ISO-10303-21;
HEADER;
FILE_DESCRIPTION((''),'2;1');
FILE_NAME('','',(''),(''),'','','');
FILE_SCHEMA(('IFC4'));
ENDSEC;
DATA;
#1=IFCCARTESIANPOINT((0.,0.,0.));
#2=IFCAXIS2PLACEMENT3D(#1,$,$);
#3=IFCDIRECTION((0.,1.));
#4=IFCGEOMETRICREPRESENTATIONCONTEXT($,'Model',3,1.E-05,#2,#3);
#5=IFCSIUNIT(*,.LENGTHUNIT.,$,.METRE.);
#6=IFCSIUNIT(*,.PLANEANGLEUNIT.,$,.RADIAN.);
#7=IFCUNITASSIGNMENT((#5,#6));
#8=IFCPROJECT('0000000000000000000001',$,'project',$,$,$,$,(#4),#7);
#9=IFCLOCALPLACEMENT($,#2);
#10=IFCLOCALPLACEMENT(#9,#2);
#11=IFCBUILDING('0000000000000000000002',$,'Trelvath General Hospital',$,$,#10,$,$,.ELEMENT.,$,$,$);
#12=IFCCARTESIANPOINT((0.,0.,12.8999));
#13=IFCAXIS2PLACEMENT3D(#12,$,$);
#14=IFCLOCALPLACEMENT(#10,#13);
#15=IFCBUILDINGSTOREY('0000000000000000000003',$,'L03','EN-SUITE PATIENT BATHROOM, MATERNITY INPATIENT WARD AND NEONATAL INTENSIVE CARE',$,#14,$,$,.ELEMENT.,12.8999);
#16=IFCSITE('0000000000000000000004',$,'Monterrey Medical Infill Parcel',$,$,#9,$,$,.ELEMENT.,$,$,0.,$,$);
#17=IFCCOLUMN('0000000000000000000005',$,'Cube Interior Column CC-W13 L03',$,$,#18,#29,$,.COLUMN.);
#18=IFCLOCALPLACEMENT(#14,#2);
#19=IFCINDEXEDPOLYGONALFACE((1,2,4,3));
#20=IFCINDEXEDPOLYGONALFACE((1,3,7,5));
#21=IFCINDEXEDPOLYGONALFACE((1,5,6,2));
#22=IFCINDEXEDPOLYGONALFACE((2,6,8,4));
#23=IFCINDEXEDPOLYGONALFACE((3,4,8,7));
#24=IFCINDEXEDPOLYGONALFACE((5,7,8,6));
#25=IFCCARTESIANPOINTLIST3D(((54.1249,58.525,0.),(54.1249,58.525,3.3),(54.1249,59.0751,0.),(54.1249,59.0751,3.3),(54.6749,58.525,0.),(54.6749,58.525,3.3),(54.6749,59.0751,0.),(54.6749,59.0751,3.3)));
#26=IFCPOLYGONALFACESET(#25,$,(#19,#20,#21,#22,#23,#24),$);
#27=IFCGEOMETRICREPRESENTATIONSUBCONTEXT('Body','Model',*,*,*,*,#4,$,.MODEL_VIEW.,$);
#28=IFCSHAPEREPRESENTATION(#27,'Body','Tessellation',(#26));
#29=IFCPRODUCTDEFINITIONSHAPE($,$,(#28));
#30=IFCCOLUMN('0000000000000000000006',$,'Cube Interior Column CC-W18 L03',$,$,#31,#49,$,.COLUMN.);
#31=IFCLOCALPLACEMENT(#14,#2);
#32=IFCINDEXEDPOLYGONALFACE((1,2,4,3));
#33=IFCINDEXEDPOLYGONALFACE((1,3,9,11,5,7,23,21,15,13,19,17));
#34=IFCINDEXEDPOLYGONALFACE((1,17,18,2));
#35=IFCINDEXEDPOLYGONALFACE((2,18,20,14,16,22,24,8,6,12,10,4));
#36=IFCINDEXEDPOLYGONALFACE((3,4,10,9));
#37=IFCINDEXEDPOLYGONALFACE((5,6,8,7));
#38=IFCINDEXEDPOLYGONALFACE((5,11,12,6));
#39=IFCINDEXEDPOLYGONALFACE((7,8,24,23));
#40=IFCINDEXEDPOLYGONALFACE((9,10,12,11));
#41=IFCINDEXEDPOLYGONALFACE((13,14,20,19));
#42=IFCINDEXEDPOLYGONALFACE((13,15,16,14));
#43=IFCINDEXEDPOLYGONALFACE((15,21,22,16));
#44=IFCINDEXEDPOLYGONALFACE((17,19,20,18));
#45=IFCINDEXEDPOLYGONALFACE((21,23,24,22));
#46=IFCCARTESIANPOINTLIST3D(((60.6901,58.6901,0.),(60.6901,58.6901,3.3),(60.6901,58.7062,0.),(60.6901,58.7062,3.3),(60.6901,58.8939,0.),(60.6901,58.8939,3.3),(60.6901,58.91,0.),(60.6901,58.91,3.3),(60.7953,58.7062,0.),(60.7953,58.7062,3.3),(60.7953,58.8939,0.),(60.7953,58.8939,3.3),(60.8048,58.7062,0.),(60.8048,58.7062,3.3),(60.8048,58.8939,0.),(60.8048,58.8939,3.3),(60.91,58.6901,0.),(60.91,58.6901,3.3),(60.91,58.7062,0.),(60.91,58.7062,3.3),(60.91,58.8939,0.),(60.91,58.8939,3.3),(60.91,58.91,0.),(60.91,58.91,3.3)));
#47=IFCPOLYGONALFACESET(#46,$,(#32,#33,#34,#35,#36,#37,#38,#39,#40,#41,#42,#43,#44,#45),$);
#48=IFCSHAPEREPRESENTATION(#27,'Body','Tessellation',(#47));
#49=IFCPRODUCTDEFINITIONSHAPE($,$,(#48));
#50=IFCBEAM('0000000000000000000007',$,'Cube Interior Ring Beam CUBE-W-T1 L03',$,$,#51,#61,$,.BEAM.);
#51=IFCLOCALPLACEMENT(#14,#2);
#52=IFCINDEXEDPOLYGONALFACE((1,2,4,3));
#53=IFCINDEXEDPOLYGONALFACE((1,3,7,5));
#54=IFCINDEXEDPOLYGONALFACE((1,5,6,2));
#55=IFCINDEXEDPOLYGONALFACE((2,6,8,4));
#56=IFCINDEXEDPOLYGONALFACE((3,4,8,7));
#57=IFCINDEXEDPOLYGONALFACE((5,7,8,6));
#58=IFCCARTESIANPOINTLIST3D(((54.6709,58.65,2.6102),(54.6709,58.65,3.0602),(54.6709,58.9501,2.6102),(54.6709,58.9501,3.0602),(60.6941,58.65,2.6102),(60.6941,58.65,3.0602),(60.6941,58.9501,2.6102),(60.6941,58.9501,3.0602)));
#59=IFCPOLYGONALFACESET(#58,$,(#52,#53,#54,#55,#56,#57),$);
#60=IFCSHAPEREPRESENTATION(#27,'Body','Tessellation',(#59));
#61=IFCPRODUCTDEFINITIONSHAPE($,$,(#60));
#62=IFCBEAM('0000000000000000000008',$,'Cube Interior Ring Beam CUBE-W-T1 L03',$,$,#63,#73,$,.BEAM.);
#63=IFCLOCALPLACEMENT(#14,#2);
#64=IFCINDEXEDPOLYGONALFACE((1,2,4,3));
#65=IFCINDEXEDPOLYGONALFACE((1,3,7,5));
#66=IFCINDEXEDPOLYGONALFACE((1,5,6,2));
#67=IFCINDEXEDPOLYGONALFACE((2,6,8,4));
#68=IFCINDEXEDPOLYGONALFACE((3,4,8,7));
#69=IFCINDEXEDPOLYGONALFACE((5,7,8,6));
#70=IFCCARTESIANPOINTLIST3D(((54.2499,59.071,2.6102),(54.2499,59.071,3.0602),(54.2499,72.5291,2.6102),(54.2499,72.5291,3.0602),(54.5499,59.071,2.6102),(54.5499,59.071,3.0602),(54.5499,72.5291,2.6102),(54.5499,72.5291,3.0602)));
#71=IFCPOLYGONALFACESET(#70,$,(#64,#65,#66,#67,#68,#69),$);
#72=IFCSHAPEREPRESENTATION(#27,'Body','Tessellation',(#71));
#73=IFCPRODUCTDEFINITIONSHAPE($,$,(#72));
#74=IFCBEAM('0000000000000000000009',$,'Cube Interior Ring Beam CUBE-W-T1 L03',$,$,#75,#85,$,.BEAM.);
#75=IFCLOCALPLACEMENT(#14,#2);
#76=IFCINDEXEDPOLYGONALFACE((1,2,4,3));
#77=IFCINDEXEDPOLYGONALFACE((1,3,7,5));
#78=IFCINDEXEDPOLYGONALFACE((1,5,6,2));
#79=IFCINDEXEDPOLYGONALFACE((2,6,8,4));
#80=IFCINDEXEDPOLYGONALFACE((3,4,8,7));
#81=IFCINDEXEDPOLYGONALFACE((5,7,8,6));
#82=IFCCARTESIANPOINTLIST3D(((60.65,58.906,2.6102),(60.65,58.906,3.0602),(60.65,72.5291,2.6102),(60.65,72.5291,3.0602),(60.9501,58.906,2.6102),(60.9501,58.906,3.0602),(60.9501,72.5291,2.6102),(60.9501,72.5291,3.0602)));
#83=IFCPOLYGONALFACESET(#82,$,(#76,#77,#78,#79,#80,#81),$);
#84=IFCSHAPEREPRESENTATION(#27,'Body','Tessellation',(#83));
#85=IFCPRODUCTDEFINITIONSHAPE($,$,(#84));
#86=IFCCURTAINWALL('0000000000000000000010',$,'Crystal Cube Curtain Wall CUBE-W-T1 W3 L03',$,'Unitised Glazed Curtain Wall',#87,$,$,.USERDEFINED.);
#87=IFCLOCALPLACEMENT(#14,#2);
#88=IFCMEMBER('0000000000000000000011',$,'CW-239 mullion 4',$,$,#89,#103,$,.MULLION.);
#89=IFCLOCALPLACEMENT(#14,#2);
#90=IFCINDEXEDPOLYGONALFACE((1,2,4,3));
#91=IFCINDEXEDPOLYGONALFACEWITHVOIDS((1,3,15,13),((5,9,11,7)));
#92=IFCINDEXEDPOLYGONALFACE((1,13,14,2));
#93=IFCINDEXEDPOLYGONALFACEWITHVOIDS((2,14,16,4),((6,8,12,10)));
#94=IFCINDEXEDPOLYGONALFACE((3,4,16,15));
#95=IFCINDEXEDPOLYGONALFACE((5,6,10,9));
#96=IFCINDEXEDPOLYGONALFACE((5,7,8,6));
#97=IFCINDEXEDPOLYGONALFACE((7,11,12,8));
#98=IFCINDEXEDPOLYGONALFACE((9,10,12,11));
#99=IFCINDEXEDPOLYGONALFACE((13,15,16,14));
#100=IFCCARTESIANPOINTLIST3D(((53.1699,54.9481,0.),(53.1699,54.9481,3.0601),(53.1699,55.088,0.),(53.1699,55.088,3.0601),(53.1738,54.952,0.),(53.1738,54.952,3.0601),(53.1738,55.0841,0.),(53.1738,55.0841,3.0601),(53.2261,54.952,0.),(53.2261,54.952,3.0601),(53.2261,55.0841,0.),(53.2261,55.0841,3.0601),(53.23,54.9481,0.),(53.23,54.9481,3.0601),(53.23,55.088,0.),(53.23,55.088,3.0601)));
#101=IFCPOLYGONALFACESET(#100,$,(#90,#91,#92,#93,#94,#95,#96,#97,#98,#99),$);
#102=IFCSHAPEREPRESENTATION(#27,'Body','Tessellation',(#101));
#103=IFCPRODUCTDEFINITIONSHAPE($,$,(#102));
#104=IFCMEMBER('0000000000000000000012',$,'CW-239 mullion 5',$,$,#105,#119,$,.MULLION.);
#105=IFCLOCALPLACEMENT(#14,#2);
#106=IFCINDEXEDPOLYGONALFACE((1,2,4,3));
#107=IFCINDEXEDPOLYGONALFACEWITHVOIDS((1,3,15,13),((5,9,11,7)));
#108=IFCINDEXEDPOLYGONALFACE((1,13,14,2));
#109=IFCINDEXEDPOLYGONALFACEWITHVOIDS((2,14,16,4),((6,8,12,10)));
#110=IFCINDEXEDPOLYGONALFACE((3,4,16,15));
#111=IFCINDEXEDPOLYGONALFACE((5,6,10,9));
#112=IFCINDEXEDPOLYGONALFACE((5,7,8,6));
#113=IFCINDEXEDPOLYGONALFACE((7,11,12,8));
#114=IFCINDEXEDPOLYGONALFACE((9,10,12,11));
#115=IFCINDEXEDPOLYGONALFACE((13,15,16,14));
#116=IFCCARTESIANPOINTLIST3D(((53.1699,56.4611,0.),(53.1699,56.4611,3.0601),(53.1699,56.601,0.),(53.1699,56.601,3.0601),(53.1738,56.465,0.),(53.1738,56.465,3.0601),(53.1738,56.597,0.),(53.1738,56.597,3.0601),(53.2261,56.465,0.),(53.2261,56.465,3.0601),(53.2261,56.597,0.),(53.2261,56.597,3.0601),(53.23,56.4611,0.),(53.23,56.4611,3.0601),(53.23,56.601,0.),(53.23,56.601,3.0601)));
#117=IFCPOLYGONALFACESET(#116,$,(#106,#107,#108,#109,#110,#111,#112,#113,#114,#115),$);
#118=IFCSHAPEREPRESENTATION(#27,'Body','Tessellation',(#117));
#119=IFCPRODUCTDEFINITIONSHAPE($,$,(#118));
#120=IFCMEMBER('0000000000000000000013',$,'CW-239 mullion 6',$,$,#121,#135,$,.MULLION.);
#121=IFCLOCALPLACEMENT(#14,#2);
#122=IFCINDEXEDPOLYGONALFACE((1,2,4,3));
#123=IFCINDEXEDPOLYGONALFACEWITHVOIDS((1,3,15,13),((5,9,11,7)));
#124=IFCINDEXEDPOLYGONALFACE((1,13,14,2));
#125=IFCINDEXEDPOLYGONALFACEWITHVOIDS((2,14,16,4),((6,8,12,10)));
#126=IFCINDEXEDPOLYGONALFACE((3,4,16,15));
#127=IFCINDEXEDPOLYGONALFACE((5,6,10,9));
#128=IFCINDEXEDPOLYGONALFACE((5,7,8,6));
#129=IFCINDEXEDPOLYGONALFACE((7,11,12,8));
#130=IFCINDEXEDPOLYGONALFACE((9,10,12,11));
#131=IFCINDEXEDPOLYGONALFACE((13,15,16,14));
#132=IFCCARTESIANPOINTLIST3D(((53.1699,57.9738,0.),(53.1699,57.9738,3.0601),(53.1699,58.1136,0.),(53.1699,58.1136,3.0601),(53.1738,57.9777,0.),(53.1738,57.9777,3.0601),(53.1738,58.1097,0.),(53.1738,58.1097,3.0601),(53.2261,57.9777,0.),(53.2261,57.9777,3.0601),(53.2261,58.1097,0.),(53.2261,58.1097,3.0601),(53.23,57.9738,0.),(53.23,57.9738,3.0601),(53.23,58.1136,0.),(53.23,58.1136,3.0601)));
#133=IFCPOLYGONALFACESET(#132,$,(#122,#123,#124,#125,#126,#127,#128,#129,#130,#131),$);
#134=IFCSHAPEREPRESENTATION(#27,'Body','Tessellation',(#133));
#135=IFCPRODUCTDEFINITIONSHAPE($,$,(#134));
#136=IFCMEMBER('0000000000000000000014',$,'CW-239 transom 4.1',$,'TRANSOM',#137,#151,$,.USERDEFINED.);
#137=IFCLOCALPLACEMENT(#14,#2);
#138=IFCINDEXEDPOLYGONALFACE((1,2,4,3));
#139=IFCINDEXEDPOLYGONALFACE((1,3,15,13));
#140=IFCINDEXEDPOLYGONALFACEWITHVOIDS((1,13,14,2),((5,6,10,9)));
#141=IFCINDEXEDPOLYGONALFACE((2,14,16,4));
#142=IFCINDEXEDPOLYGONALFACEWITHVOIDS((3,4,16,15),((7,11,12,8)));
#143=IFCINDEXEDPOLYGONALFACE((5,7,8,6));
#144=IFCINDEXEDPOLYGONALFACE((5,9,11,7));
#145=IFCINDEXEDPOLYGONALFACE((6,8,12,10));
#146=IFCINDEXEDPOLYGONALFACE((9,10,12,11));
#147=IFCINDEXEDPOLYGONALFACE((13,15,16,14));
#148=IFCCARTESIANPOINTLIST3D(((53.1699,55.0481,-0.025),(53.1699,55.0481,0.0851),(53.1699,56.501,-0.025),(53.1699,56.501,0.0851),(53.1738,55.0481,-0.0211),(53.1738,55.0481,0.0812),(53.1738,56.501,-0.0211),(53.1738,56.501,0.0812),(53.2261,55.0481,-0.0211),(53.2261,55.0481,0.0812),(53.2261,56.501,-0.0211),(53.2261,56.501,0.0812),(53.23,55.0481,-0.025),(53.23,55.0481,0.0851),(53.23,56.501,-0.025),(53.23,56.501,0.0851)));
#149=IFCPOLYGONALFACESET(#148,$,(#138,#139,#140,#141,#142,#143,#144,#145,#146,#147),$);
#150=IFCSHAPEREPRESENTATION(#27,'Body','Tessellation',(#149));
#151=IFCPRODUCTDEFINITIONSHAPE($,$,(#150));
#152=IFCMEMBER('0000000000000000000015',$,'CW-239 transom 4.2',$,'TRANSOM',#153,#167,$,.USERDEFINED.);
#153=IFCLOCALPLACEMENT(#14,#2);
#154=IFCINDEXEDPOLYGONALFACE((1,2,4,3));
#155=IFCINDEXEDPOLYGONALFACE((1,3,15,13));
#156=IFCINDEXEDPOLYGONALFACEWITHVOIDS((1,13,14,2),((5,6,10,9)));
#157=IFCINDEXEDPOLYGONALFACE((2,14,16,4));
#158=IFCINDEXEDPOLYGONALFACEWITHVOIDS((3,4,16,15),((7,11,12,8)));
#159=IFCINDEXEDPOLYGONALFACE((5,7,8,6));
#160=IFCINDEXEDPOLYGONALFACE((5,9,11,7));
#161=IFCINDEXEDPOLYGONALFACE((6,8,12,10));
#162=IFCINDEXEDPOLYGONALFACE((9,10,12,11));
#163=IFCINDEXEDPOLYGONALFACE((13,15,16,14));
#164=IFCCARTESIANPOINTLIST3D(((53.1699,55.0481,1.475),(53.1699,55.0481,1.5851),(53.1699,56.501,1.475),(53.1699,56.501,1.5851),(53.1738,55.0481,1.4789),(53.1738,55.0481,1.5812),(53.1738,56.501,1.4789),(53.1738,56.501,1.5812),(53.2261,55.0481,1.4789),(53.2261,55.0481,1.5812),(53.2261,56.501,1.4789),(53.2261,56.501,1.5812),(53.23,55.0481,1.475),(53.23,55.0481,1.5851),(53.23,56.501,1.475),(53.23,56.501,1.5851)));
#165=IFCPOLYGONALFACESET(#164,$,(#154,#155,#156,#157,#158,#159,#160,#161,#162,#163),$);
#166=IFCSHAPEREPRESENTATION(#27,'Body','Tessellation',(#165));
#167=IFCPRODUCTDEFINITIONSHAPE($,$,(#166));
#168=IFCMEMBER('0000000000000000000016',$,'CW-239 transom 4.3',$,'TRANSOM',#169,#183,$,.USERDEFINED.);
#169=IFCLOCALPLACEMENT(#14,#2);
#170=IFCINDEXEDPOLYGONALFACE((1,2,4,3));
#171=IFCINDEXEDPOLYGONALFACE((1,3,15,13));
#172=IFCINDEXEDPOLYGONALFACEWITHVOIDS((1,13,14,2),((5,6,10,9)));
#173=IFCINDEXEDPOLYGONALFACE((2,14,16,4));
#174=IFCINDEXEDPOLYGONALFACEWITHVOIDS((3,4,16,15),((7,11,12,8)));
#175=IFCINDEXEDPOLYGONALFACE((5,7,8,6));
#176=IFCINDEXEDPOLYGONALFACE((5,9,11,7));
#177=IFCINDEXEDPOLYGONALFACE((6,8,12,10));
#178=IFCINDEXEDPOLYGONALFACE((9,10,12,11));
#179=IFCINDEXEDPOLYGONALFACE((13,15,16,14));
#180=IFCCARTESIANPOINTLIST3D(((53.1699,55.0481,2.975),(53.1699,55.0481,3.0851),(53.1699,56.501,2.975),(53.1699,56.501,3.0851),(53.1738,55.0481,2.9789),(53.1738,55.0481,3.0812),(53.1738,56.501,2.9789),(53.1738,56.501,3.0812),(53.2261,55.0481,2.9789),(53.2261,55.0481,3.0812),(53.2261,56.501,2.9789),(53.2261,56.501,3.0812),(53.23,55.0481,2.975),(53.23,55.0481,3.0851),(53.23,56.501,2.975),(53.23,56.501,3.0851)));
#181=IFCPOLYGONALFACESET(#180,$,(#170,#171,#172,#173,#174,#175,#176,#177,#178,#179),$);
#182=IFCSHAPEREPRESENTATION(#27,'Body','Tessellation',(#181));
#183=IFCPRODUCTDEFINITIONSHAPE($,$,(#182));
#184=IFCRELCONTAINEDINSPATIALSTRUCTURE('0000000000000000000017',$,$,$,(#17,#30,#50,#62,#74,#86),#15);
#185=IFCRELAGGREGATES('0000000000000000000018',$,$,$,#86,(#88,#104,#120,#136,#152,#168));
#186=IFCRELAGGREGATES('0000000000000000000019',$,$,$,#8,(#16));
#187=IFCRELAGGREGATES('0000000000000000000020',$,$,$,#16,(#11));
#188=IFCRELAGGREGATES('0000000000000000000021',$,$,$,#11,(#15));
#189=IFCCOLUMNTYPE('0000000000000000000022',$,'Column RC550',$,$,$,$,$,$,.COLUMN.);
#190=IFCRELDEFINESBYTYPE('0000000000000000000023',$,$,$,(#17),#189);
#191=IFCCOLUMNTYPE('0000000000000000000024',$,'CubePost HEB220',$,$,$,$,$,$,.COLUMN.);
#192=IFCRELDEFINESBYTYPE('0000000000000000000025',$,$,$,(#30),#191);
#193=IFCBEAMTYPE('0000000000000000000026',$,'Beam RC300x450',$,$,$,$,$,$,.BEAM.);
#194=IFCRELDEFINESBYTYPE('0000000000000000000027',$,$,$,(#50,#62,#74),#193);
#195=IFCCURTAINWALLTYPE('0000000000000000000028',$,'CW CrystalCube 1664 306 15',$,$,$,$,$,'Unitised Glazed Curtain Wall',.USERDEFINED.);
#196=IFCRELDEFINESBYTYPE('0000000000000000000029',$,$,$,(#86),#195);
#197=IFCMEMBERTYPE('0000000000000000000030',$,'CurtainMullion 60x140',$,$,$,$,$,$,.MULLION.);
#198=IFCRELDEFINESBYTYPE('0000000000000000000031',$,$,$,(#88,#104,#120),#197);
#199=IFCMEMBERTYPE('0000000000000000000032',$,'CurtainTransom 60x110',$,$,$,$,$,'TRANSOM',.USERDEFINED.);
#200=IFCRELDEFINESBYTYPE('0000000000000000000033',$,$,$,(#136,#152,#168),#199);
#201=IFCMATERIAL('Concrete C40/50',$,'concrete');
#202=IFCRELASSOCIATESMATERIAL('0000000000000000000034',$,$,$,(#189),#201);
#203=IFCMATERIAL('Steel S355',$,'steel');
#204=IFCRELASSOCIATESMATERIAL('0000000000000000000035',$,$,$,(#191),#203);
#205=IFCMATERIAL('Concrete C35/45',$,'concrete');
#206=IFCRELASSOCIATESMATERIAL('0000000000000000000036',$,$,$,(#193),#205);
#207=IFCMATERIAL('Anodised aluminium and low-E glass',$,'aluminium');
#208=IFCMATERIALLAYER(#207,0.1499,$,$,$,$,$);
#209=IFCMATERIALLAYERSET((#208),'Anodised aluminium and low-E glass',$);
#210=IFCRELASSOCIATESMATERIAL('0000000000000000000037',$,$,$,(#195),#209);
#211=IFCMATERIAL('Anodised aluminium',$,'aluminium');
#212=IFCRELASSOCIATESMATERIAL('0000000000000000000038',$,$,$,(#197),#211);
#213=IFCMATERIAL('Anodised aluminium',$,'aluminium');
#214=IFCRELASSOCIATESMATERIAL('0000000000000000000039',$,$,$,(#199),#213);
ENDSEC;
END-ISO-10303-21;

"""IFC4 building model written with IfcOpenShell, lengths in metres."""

from ifc_helpers import new_model, si_unit, direction, frame, origin, origin_2d, place, context, subcontext, project, spatial, rectangle, hollow_rectangle, i_section, extrude, material, layer, layer_set, material_profile, profile_set, type_object, element, aggregate, save


model = new_model("IFC4")

# Units and contexts
model_context = context("Model", 3, precision=1e-05, world=origin(), true_north=direction((0.0, 1.0)))
body_context = subcontext(model_context, "Body", "Model", "MODEL_VIEW")
ifc_project = project(units=[si_unit("LENGTHUNIT", "METRE"), si_unit("PLANEANGLEUNIT", "RADIAN")], contexts=[model_context])

# Site, building, storey
site_placement = place(None, origin())
site = spatial("IfcSite", under=ifc_project, at=site_placement, Name="Monterrey Medical Infill Parcel", CompositionType="ELEMENT", RefElevation=0.0)
building_placement = place(site_placement, origin())
building = spatial("IfcBuilding", under=site, at=building_placement, Name="Trelvath General Hospital", CompositionType="ELEMENT")
storey_placement = place(building_placement, frame((0.0, 0.0, 12.8999)))
storey = spatial("IfcBuildingStorey", under=building, at=storey_placement, Name="L03", Description="EN-SUITE PATIENT BATHROOM, MATERNITY INPATIENT WARD AND NEONATAL INTENSIVE CARE", CompositionType="ELEMENT", Elevation=12.8999)

# Columns
ifc_material_1 = material(Name="Concrete C40/50", Category="concrete")
ifc_material_profile_1 = material_profile(ifc_material_1, rectangle(XDim=0.55, YDim=0.55, at=origin_2d()), Name="RC550x550")
ifc_profile_set_1 = profile_set([ifc_material_profile_1], Name="Concrete C40/50")
column_type_1 = type_object("IfcColumnType", Name="Column RC550", PredefinedType="COLUMN", material=ifc_profile_set_1)
column_1_placement = place(storey_placement, frame((54.3999, 58.8, 0.0), z_axis=(0.0, 0.0, 1.0), x_axis=(1.0, 0.0, 0.0)))
element("IfcColumn", 1, at=column_1_placement, inside=storey, type_object=column_type_1, Name="Cube Interior Column CC-W13 L03", PredefinedType="COLUMN", context=body_context, shape_type="SweptSolid", body=[
    extrude(rectangle(XDim=0.55, YDim=0.55, at=origin_2d()), origin(), (0.0, 0.0, 1.0), 3.3),
])
ifc_material_2 = material(Name="Steel S355", Category="steel")
ifc_material_profile_2 = material_profile(ifc_material_2, i_section(OverallWidth=0.22, OverallDepth=0.22, WebThickness=0.0095, FlangeThickness=0.0161, at=origin_2d()), Name="HEB220")
ifc_profile_set_2 = profile_set([ifc_material_profile_2], Name="Steel S355")
column_type_2 = type_object("IfcColumnType", Name="CubePost HEB220", PredefinedType="COLUMN", material=ifc_profile_set_2)
column_2_placement = place(storey_placement, frame((60.8, 58.8, 0.0), z_axis=(0.0, 0.0, 1.0), x_axis=(1.0, 0.0, 0.0)))
element("IfcColumn", 2, at=column_2_placement, inside=storey, type_object=column_type_2, Name="Cube Interior Column CC-W18 L03", PredefinedType="COLUMN", context=body_context, shape_type="SweptSolid", body=[
    extrude(i_section(OverallWidth=0.22, OverallDepth=0.22, WebThickness=0.0095, FlangeThickness=0.0161, at=origin_2d()), origin(), (0.0, 0.0, 1.0), 3.3),
])

# Beams
ifc_material_3 = material(Name="Concrete C35/45", Category="concrete")
ifc_material_profile_3 = material_profile(ifc_material_3, rectangle(XDim=0.3, YDim=0.45, at=origin_2d()), Name="RCB300x450")
ifc_profile_set_3 = profile_set([ifc_material_profile_3], Name="Concrete C35/45")
beam_type = type_object("IfcBeamType", Name="Beam RC300x450", PredefinedType="BEAM", material=ifc_profile_set_3)
beam_1_placement = place(storey_placement, frame((54.6709, 58.8, 2.8352), z_axis=(1.0, 0.0, 0.0), x_axis=(0.0, 1.0, 0.0)))
element("IfcBeam", 3, at=beam_1_placement, inside=storey, type_object=beam_type, Name="Cube Interior Ring Beam CUBE-W-T1 L03", PredefinedType="BEAM", context=body_context, shape_type="SweptSolid", body=[
    extrude(rectangle(XDim=0.3, YDim=0.45, at=origin_2d()), origin(), (0.0, 0.0, 1.0), 6.0232),
])
beam_2_placement = place(storey_placement, frame((54.3999, 59.071, 2.8352), z_axis=(0.0, 1.0, 0.0), x_axis=(-1.0, 0.0, 0.0)))
element("IfcBeam", 4, at=beam_2_placement, inside=storey, type_object=beam_type, Name="Cube Interior Ring Beam CUBE-W-T1 L03", PredefinedType="BEAM", context=body_context, shape_type="SweptSolid", body=[
    extrude(rectangle(XDim=0.3, YDim=0.45, at=origin_2d()), origin(), (0.0, 0.0, 1.0), 13.458),
])
beam_3_placement = place(storey_placement, frame((60.8, 58.906, 2.8352), z_axis=(0.0, 1.0, 0.0), x_axis=(-1.0, 0.0, 0.0)))
element("IfcBeam", 5, at=beam_3_placement, inside=storey, type_object=beam_type, Name="Cube Interior Ring Beam CUBE-W-T1 L03", PredefinedType="BEAM", context=body_context, shape_type="SweptSolid", body=[
    extrude(rectangle(XDim=0.3, YDim=0.45, at=origin_2d()), origin(), (0.0, 0.0, 1.0), 13.623),
])

# Curtain wall, members
ifc_material_4 = material(Name="Anodised aluminium and low-E glass", Category="aluminium")
ifc_layer_1 = layer(ifc_material_4, 0.1499)
ifc_layer_set_1 = layer_set([ifc_layer_1], Name="Anodised aluminium and low-E glass")
curtain_wall_type = type_object("IfcCurtainWallType", Name="CW CrystalCube 1664 306 15", ElementType="Unitised Glazed Curtain Wall", PredefinedType="USERDEFINED", material=ifc_layer_set_1)
curtain_wall_placement = place(storey_placement, origin())
curtain_wall = element("IfcCurtainWall", 6, at=curtain_wall_placement, inside=storey, type_object=curtain_wall_type, Name="Crystal Cube Curtain Wall CUBE-W-T1 W3 L03", ObjectType="Unitised Glazed Curtain Wall", PredefinedType="USERDEFINED")
ifc_material_5 = material(Name="Anodised aluminium", Category="aluminium")
ifc_material_profile_4 = material_profile(ifc_material_5, hollow_rectangle(XDim=0.0601, YDim=0.1399, WallThickness=0.0039, at=origin_2d()), Name="RHS60x140x4")
ifc_profile_set_4 = profile_set([ifc_material_profile_4], Name="Anodised aluminium")
member_type_1 = type_object("IfcMemberType", Name="CurtainMullion 60x140", PredefinedType="MULLION", material=ifc_profile_set_4)
member_1_placement = place(storey_placement, frame((53.2, 55.0181, 0.0), z_axis=(0.0, 0.0, 1.0), x_axis=(-1.0, 0.0, 0.0)))
member_1 = element("IfcMember", 7, at=member_1_placement, type_object=member_type_1, Name="CW-239 mullion 4", PredefinedType="MULLION", context=body_context, shape_type="SweptSolid", body=[
    extrude(hollow_rectangle(XDim=0.0601, YDim=0.1399, WallThickness=0.0039, at=origin_2d()), origin(), (0.0, 0.0, 1.0), 3.0601),
])
member_2_placement = place(storey_placement, frame((53.2, 56.531, 0.0), z_axis=(0.0, 0.0, 1.0), x_axis=(-1.0, 0.0, 0.0)))
member_2 = element("IfcMember", 8, at=member_2_placement, type_object=member_type_1, Name="CW-239 mullion 5", PredefinedType="MULLION", context=body_context, shape_type="SweptSolid", body=[
    extrude(hollow_rectangle(XDim=0.0601, YDim=0.1399, WallThickness=0.0039, at=origin_2d()), origin(), (0.0, 0.0, 1.0), 3.0601),
])
member_3_placement = place(storey_placement, frame((53.2, 58.0437, 0.0), z_axis=(0.0, 0.0, 1.0), x_axis=(-1.0, 0.0, 0.0)))
member_3 = element("IfcMember", 9, at=member_3_placement, type_object=member_type_1, Name="CW-239 mullion 6", PredefinedType="MULLION", context=body_context, shape_type="SweptSolid", body=[
    extrude(hollow_rectangle(XDim=0.0601, YDim=0.1399, WallThickness=0.0039, at=origin_2d()), origin(), (0.0, 0.0, 1.0), 3.0601),
])
ifc_material_6 = material(Name="Anodised aluminium", Category="aluminium")
ifc_material_profile_5 = material_profile(ifc_material_6, hollow_rectangle(XDim=0.0601, YDim=0.1101, WallThickness=0.0039, at=origin_2d()), Name="RHS60x110x4")
ifc_profile_set_5 = profile_set([ifc_material_profile_5], Name="Anodised aluminium")
member_type_2 = type_object("IfcMemberType", Name="CurtainTransom 60x110", ElementType="TRANSOM", PredefinedType="USERDEFINED", material=ifc_profile_set_5)
member_4_placement = place(storey_placement, frame((53.2, 55.0481, 0.03), z_axis=(0.0, 1.0, 0.0), x_axis=(-1.0, 0.0, 0.0)))
member_4 = element("IfcMember", 10, at=member_4_placement, type_object=member_type_2, Name="CW-239 transom 4.1", ObjectType="TRANSOM", PredefinedType="USERDEFINED", context=body_context, shape_type="SweptSolid", body=[
    extrude(hollow_rectangle(XDim=0.0601, YDim=0.1101, WallThickness=0.0039, at=origin_2d()), origin(), (0.0, 0.0, 1.0), 1.4529),
])
member_5_placement = place(storey_placement, frame((53.2, 55.0481, 1.53), z_axis=(0.0, 1.0, 0.0), x_axis=(-1.0, 0.0, 0.0)))
member_5 = element("IfcMember", 11, at=member_5_placement, type_object=member_type_2, Name="CW-239 transom 4.2", ObjectType="TRANSOM", PredefinedType="USERDEFINED", context=body_context, shape_type="SweptSolid", body=[
    extrude(hollow_rectangle(XDim=0.0601, YDim=0.1101, WallThickness=0.0039, at=origin_2d()), origin(), (0.0, 0.0, 1.0), 1.4529),
])
member_6_placement = place(storey_placement, frame((53.2, 55.0481, 3.03), z_axis=(0.0, 1.0, 0.0), x_axis=(-1.0, 0.0, 0.0)))
member_6 = element("IfcMember", 12, at=member_6_placement, type_object=member_type_2, Name="CW-239 transom 4.3", ObjectType="TRANSOM", PredefinedType="USERDEFINED", context=body_context, shape_type="SweptSolid", body=[
    extrude(hollow_rectangle(XDim=0.0601, YDim=0.1101, WallThickness=0.0039, at=origin_2d()), origin(), (0.0, 0.0, 1.0), 1.4529),
])
aggregate(curtain_wall, [member_1, member_2, member_3, member_4, member_5, member_6])

save(model, "model.ifc")
